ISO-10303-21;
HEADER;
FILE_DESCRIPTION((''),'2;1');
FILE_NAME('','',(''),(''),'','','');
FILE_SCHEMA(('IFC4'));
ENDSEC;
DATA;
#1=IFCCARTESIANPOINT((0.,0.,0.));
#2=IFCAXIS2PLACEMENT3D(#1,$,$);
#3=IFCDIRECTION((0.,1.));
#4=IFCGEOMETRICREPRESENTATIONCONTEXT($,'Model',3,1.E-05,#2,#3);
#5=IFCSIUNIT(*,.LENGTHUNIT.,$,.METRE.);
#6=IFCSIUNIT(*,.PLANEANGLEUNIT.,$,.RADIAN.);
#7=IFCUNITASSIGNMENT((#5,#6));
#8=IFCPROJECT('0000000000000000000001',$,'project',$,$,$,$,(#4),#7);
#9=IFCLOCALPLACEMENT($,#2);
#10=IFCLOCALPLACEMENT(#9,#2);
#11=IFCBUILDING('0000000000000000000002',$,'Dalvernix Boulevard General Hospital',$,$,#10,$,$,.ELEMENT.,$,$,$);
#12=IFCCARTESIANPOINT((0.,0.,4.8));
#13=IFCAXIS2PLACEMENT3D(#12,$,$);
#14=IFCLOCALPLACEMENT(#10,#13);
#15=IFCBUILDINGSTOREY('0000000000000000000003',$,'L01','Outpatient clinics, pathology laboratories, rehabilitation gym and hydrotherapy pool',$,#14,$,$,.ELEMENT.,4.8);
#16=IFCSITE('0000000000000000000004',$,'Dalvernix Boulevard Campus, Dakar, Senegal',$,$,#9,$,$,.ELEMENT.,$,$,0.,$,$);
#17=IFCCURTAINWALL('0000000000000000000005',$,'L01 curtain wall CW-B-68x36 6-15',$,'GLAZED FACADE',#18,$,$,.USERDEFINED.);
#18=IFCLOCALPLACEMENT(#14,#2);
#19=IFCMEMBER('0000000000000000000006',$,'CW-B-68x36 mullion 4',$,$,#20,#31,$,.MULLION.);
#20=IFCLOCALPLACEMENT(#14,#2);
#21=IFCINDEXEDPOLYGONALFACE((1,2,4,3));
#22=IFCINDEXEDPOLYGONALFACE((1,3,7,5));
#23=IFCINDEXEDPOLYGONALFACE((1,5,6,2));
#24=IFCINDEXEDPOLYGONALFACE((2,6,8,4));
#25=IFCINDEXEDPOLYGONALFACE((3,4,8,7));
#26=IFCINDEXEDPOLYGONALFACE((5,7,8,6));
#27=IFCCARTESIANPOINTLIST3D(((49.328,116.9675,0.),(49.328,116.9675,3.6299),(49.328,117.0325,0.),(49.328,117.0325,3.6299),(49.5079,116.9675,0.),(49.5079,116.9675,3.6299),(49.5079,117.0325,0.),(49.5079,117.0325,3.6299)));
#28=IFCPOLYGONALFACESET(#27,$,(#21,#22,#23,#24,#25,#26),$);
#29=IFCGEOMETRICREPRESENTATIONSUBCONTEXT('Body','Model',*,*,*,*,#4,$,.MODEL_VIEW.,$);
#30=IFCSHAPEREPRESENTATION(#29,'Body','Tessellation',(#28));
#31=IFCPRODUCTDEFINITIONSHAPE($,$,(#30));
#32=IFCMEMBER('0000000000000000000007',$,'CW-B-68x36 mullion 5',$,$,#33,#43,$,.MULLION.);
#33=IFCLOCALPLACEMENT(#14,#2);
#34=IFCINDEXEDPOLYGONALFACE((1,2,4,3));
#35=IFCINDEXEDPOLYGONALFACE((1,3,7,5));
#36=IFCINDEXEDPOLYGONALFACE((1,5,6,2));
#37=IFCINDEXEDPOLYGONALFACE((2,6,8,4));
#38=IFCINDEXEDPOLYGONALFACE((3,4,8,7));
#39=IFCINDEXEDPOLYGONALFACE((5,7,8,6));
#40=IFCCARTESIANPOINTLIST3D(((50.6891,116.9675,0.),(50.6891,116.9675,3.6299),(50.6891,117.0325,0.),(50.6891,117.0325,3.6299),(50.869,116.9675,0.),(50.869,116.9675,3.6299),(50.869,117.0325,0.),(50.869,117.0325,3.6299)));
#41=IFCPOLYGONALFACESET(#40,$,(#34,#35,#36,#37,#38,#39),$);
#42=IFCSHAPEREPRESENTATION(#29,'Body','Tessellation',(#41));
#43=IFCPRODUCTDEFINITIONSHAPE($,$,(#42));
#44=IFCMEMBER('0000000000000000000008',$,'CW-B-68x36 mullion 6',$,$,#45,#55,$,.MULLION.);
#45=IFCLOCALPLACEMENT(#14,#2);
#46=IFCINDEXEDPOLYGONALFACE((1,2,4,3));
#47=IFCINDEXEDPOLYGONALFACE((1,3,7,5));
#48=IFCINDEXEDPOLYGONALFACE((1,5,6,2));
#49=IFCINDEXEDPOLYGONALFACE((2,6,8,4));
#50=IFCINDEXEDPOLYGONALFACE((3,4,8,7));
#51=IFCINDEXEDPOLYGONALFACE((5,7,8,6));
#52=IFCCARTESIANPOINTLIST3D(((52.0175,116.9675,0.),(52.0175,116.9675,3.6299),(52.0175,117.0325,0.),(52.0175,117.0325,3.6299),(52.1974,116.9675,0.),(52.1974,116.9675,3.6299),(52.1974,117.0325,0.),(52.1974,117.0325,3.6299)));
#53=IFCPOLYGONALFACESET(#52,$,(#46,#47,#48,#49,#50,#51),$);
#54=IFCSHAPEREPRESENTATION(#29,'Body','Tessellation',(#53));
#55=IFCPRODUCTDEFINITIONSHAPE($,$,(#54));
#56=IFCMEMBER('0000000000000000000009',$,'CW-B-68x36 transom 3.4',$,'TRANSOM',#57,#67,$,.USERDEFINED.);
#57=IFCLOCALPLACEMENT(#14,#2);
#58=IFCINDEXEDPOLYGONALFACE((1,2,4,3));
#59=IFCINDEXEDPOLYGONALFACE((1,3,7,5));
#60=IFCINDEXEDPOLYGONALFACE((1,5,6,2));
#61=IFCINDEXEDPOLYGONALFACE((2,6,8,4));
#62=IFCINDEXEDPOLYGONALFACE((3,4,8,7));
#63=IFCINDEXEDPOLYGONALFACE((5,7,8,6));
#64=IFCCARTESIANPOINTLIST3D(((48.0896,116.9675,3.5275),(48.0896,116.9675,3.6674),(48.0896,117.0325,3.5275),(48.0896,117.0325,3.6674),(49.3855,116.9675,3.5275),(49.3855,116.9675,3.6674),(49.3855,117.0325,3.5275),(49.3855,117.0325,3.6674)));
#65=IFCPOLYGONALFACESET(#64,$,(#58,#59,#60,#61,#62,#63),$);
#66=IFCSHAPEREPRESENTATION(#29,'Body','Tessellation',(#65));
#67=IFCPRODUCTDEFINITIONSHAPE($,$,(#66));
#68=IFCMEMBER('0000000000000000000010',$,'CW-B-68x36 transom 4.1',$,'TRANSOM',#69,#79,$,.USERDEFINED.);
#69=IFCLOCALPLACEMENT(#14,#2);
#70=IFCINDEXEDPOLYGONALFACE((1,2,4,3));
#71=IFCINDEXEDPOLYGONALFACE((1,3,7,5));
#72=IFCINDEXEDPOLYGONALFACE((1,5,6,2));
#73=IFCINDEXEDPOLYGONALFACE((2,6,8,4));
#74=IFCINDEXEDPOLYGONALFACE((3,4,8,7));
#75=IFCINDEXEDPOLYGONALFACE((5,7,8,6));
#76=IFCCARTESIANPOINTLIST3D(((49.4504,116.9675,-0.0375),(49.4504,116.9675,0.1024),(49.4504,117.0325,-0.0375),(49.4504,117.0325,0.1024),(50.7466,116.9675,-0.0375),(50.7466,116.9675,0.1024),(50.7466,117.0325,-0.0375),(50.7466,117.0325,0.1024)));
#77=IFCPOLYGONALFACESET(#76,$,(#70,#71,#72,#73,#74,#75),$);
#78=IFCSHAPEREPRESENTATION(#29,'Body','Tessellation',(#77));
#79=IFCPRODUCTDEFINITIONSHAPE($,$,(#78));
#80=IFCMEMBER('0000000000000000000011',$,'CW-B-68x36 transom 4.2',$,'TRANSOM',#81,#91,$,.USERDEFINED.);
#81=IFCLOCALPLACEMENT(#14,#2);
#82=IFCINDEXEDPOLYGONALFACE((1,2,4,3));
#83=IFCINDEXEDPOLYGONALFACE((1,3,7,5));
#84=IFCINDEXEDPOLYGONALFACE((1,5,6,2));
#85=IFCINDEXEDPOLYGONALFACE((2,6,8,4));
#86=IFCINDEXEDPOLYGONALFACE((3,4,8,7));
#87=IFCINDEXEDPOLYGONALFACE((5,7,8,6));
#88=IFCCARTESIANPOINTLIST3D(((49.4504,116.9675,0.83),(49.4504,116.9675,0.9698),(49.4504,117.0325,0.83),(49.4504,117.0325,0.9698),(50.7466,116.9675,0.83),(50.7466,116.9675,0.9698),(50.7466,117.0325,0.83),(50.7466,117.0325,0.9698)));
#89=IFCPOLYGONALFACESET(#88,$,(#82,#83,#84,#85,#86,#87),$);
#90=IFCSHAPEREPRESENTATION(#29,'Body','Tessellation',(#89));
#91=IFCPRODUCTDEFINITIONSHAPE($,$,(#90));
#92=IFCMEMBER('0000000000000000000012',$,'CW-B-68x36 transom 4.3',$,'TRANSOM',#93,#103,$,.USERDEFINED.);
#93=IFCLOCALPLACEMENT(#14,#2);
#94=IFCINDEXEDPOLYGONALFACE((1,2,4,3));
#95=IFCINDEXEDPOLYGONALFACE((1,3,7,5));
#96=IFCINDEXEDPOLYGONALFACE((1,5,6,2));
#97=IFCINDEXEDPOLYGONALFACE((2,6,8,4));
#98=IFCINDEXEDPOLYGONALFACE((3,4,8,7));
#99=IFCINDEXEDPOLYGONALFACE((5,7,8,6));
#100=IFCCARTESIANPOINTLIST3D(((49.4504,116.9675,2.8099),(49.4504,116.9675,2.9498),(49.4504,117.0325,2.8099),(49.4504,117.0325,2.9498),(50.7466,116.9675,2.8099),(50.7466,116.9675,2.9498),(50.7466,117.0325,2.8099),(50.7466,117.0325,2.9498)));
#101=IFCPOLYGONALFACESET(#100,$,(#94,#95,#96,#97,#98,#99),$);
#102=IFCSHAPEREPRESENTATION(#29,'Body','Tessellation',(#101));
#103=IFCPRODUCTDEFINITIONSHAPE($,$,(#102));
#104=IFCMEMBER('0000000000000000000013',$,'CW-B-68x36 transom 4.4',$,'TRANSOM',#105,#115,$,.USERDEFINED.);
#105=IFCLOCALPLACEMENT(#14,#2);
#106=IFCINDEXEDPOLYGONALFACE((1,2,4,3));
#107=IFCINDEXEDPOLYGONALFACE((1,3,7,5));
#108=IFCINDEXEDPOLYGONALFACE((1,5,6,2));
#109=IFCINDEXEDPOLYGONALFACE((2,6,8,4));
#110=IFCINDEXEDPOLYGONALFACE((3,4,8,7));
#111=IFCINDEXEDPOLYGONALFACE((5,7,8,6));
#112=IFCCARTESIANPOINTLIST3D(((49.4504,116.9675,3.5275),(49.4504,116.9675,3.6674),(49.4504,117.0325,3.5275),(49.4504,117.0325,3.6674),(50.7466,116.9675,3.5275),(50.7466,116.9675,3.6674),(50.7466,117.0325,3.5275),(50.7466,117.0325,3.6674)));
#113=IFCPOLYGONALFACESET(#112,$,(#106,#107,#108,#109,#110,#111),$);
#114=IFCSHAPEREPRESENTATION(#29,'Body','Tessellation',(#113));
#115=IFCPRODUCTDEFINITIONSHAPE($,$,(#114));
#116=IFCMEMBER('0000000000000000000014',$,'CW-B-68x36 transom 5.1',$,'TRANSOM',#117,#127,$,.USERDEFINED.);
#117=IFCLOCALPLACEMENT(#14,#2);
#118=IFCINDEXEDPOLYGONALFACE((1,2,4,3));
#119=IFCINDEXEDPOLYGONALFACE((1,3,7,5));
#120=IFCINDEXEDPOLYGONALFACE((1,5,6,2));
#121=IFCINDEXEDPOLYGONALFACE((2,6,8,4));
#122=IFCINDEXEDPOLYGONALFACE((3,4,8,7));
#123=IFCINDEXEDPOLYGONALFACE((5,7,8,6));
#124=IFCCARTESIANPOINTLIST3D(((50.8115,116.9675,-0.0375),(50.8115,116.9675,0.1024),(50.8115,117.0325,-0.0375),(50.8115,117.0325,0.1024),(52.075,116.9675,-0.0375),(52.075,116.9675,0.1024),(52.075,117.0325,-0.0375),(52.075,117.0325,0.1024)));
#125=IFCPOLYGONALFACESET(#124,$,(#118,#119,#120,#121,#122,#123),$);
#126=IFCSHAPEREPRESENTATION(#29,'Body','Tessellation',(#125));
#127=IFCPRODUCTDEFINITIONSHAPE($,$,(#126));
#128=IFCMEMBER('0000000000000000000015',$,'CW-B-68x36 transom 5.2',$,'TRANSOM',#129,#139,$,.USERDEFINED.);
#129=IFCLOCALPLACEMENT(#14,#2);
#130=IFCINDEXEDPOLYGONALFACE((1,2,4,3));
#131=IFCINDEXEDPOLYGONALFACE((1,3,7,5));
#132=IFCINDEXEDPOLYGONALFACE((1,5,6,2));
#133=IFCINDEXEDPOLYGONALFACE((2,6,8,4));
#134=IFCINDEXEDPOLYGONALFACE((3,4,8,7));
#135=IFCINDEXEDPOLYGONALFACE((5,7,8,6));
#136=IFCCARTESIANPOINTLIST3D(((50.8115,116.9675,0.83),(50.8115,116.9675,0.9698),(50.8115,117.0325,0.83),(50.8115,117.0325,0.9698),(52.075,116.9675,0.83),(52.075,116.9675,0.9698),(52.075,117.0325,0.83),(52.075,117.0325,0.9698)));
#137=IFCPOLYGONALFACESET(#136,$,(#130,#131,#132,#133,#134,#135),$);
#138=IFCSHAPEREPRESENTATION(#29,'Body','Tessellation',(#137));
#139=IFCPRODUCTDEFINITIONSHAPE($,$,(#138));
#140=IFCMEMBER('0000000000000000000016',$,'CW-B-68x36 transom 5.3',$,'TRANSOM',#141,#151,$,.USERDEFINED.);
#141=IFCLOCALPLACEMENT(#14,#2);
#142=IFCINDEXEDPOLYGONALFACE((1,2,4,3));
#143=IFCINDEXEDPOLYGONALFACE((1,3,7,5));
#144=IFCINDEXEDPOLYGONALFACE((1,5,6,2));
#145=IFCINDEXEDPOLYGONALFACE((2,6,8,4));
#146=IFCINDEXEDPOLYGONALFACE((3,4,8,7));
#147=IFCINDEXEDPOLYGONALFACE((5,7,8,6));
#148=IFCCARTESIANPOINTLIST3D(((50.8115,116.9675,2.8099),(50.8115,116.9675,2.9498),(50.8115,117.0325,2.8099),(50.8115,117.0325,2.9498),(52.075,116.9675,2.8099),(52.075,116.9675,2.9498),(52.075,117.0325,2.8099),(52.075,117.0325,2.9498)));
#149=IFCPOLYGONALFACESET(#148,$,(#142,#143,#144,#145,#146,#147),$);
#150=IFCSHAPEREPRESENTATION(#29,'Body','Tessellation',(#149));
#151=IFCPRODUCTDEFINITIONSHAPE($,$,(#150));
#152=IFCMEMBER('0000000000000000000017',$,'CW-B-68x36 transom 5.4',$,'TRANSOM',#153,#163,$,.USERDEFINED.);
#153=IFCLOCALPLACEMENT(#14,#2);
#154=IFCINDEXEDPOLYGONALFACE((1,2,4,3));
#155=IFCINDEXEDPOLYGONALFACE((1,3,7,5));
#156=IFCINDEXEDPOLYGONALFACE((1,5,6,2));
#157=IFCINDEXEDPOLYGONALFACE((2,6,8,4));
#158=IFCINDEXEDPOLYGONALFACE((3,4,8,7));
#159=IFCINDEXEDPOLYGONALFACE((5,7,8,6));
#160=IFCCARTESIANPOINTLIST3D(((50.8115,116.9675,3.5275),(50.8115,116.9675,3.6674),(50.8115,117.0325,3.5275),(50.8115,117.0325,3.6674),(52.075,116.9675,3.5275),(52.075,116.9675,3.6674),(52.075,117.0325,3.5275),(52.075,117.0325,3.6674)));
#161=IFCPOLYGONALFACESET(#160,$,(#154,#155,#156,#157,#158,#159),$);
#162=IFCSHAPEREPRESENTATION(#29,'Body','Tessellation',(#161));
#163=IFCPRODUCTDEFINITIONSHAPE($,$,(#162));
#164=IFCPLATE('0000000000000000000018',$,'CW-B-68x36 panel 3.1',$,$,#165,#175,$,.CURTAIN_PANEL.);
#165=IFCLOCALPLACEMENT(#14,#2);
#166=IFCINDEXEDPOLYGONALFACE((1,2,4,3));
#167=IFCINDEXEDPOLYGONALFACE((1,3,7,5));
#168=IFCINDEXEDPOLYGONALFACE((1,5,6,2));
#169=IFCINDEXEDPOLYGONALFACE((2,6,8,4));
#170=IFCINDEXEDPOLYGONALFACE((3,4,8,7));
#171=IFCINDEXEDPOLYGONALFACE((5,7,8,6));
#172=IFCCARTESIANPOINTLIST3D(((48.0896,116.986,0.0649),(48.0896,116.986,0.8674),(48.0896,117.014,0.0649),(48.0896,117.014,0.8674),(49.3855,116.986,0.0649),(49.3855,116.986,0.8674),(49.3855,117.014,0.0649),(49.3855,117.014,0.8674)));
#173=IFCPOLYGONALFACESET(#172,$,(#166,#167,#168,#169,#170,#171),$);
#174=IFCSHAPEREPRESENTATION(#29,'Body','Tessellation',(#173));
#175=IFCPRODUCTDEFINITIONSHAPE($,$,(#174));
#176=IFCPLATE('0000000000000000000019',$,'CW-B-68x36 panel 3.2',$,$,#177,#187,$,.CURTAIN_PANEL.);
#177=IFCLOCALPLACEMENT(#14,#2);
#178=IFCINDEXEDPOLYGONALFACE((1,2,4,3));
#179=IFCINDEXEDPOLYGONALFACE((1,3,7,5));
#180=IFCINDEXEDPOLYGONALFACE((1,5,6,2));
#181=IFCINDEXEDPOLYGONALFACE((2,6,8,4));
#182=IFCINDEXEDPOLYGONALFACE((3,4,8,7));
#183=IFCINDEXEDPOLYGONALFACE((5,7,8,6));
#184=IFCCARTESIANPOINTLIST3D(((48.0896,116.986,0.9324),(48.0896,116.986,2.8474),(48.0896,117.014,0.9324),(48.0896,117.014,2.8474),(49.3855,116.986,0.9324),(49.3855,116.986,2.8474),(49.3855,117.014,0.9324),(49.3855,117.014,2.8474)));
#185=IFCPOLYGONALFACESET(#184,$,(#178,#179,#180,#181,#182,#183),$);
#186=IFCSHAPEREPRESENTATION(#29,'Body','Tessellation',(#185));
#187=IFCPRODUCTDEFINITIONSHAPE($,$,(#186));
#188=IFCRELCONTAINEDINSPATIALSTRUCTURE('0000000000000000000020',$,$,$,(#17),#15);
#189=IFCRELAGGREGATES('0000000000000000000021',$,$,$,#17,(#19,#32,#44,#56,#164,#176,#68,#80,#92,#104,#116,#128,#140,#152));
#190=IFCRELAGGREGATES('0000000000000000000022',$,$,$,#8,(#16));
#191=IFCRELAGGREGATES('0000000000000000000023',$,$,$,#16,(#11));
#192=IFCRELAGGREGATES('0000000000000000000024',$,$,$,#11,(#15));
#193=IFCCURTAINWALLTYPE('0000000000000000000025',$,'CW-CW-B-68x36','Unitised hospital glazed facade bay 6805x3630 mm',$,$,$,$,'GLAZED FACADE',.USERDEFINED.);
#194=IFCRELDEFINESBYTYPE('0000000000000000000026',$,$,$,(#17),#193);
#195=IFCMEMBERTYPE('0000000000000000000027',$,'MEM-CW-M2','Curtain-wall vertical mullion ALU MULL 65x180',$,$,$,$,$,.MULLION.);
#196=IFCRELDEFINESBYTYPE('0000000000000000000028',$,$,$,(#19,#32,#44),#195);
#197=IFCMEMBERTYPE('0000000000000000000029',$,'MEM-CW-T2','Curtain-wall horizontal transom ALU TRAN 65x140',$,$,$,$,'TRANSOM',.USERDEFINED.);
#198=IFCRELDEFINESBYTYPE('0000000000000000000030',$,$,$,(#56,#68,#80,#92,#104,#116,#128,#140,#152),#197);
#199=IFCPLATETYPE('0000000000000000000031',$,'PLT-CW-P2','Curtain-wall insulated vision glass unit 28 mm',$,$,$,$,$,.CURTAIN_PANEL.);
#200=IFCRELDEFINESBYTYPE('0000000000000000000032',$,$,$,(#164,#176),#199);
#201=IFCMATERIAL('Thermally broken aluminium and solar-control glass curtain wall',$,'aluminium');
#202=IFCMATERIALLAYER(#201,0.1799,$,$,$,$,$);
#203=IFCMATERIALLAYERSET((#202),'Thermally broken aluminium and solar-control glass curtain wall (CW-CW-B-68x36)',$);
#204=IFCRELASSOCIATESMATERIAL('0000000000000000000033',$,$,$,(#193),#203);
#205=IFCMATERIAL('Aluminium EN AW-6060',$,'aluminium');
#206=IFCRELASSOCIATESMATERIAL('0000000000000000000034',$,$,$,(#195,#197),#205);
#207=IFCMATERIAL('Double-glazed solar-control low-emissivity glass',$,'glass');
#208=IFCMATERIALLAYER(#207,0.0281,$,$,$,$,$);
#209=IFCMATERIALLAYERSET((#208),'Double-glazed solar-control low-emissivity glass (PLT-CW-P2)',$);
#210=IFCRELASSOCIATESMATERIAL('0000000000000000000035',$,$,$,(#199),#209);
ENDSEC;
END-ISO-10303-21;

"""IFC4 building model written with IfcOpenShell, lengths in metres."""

from ifc_helpers import new_model, si_unit, direction, frame, origin, origin_2d, place, context, subcontext, project, spatial, rectangle, extrude, material, layer, layer_set, material_profile, profile_set, type_object, element, aggregate, save


model = new_model("IFC4")

# Units and contexts
model_context = context("Model", 3, precision=1e-05, world=origin(), true_north=direction((0.0, 1.0)))
body_context = subcontext(model_context, "Body", "Model", "MODEL_VIEW")
ifc_project = project(units=[si_unit("LENGTHUNIT", "METRE"), si_unit("PLANEANGLEUNIT", "RADIAN")], contexts=[model_context])

# Site, building, storey
site_placement = place(None, origin())
site = spatial("IfcSite", under=ifc_project, at=site_placement, Name="Dalvernix Boulevard Campus, Dakar, Senegal", CompositionType="ELEMENT", RefElevation=0.0)
building_placement = place(site_placement, origin())
building = spatial("IfcBuilding", under=site, at=building_placement, Name="Dalvernix Boulevard General Hospital", CompositionType="ELEMENT")
storey_placement = place(building_placement, frame((0.0, 0.0, 4.8)))
storey = spatial("IfcBuildingStorey", under=building, at=storey_placement, Name="L01", Description="Outpatient clinics, pathology laboratories, rehabilitation gym and hydrotherapy pool", CompositionType="ELEMENT", Elevation=4.8)

# Curtain wall, members, plates
ifc_material_1 = material(Name="Thermally broken aluminium and solar-control glass curtain wall", Category="aluminium")
ifc_layer_1 = layer(ifc_material_1, 0.1799)
ifc_layer_set_1 = layer_set([ifc_layer_1], Name="Thermally broken aluminium and solar-control glass curtain wall (CW-CW-B-68x36)")
curtain_wall_type = type_object("IfcCurtainWallType", Name="CW-CW-B-68x36", Description="Unitised hospital glazed facade bay 6805x3630 mm", ElementType="GLAZED FACADE", PredefinedType="USERDEFINED", material=ifc_layer_set_1)
curtain_wall_placement = place(storey_placement, origin())
curtain_wall = element("IfcCurtainWall", 1, at=curtain_wall_placement, inside=storey, type_object=curtain_wall_type, Name="L01 curtain wall CW-B-68x36 6-15", ObjectType="GLAZED FACADE", PredefinedType="USERDEFINED")
ifc_material_2 = material(Name="Aluminium EN AW-6060", Category="aluminium")
ifc_material_profile_1 = material_profile(ifc_material_2, rectangle(XDim=0.0649, YDim=0.1799, at=origin_2d()), Name="ALU MULL 65x180")
ifc_profile_set_1 = profile_set([ifc_material_profile_1], Name="Aluminium EN AW-6060")
member_type_1 = type_object("IfcMemberType", Name="MEM-CW-M2", Description="Curtain-wall vertical mullion ALU MULL 65x180", PredefinedType="MULLION", material=ifc_profile_set_1)
member_1_placement = place(storey_placement, frame((49.418, 117.0, 0.0), z_axis=(0.0, 0.0, 1.0), x_axis=(0.0, 1.0, 0.0)))
member_1 = element("IfcMember", 2, at=member_1_placement, type_object=member_type_1, Name="CW-B-68x36 mullion 4", PredefinedType="MULLION", context=body_context, shape_type="SweptSolid", body=[
    extrude(rectangle(XDim=0.0649, YDim=0.1799, at=origin_2d()), origin(), (0.0, 0.0, 1.0), 3.6299),
])
member_2_placement = place(storey_placement, frame((50.7791, 117.0, 0.0), z_axis=(0.0, 0.0, 1.0), x_axis=(0.0, 1.0, 0.0)))
member_2 = element("IfcMember", 3, at=member_2_placement, type_object=member_type_1, Name="CW-B-68x36 mullion 5", PredefinedType="MULLION", context=body_context, shape_type="SweptSolid", body=[
    extrude(rectangle(XDim=0.0649, YDim=0.1799, at=origin_2d()), origin(), (0.0, 0.0, 1.0), 3.6299),
])
member_3_placement = place(storey_placement, frame((52.1074, 117.0, 0.0), z_axis=(0.0, 0.0, 1.0), x_axis=(0.0, 1.0, 0.0)))
member_3 = element("IfcMember", 4, at=member_3_placement, type_object=member_type_1, Name="CW-B-68x36 mullion 6", PredefinedType="MULLION", context=body_context, shape_type="SweptSolid", body=[
    extrude(rectangle(XDim=0.0649, YDim=0.1799, at=origin_2d()), origin(), (0.0, 0.0, 1.0), 3.6299),
])
ifc_material_profile_2 = material_profile(ifc_material_2, rectangle(XDim=0.0649, YDim=0.1399, at=origin_2d()), Name="ALU TRAN 65x140")
ifc_profile_set_2 = profile_set([ifc_material_profile_2], Name="Aluminium EN AW-6060")
member_type_2 = type_object("IfcMemberType", Name="MEM-CW-T2", Description="Curtain-wall horizontal transom ALU TRAN 65x140", ElementType="TRANSOM", PredefinedType="USERDEFINED", material=ifc_profile_set_2)
member_4_placement = place(storey_placement, frame((48.0896, 117.0, 3.5974), z_axis=(1.0, 0.0, 0.0), x_axis=(0.0, 1.0, 0.0)))
member_4 = element("IfcMember", 5, at=member_4_placement, type_object=member_type_2, Name="CW-B-68x36 transom 3.4", ObjectType="TRANSOM", PredefinedType="USERDEFINED", context=body_context, shape_type="SweptSolid", body=[
    extrude(rectangle(XDim=0.0649, YDim=0.1399, at=origin_2d()), origin(), (0.0, 0.0, 1.0), 1.2959),
])
member_5_placement = place(storey_placement, frame((49.4504, 117.0, 0.0325), z_axis=(1.0, 0.0, 0.0), x_axis=(0.0, 1.0, 0.0)))
member_5 = element("IfcMember", 6, at=member_5_placement, type_object=member_type_2, Name="CW-B-68x36 transom 4.1", ObjectType="TRANSOM", PredefinedType="USERDEFINED", context=body_context, shape_type="SweptSolid", body=[
    extrude(rectangle(XDim=0.0649, YDim=0.1399, at=origin_2d()), origin(), (0.0, 0.0, 1.0), 1.2961),
])
member_6_placement = place(storey_placement, frame((49.4504, 117.0, 0.8999), z_axis=(1.0, 0.0, 0.0), x_axis=(0.0, 1.0, 0.0)))
member_6 = element("IfcMember", 7, at=member_6_placement, type_object=member_type_2, Name="CW-B-68x36 transom 4.2", ObjectType="TRANSOM", PredefinedType="USERDEFINED", context=body_context, shape_type="SweptSolid", body=[
    extrude(rectangle(XDim=0.0649, YDim=0.1399, at=origin_2d()), origin(), (0.0, 0.0, 1.0), 1.2961),
])
member_7_placement = place(storey_placement, frame((49.4504, 117.0, 2.8799), z_axis=(1.0, 0.0, 0.0), x_axis=(0.0, 1.0, 0.0)))
member_7 = element("IfcMember", 8, at=member_7_placement, type_object=member_type_2, Name="CW-B-68x36 transom 4.3", ObjectType="TRANSOM", PredefinedType="USERDEFINED", context=body_context, shape_type="SweptSolid", body=[
    extrude(rectangle(XDim=0.0649, YDim=0.1399, at=origin_2d()), origin(), (0.0, 0.0, 1.0), 1.2961),
])
member_8_placement = place(storey_placement, frame((49.4504, 117.0, 3.5974), z_axis=(1.0, 0.0, 0.0), x_axis=(0.0, 1.0, 0.0)))
member_8 = element("IfcMember", 9, at=member_8_placement, type_object=member_type_2, Name="CW-B-68x36 transom 4.4", ObjectType="TRANSOM", PredefinedType="USERDEFINED", context=body_context, shape_type="SweptSolid", body=[
    extrude(rectangle(XDim=0.0649, YDim=0.1399, at=origin_2d()), origin(), (0.0, 0.0, 1.0), 1.2961),
])
member_9_placement = place(storey_placement, frame((50.8115, 117.0, 0.0325), z_axis=(1.0, 0.0, 0.0), x_axis=(0.0, 1.0, 0.0)))
member_9 = element("IfcMember", 10, at=member_9_placement, type_object=member_type_2, Name="CW-B-68x36 transom 5.1", ObjectType="TRANSOM", PredefinedType="USERDEFINED", context=body_context, shape_type="SweptSolid", body=[
    extrude(rectangle(XDim=0.0649, YDim=0.1399, at=origin_2d()), origin(), (0.0, 0.0, 1.0), 1.2634),
])
member_10_placement = place(storey_placement, frame((50.8115, 117.0, 0.8999), z_axis=(1.0, 0.0, 0.0), x_axis=(0.0, 1.0, 0.0)))
member_10 = element("IfcMember", 11, at=member_10_placement, type_object=member_type_2, Name="CW-B-68x36 transom 5.2", ObjectType="TRANSOM", PredefinedType="USERDEFINED", context=body_context, shape_type="SweptSolid", body=[
    extrude(rectangle(XDim=0.0649, YDim=0.1399, at=origin_2d()), origin(), (0.0, 0.0, 1.0), 1.2634),
])
member_11_placement = place(storey_placement, frame((50.8115, 117.0, 2.8799), z_axis=(1.0, 0.0, 0.0), x_axis=(0.0, 1.0, 0.0)))
member_11 = element("IfcMember", 12, at=member_11_placement, type_object=member_type_2, Name="CW-B-68x36 transom 5.3", ObjectType="TRANSOM", PredefinedType="USERDEFINED", context=body_context, shape_type="SweptSolid", body=[
    extrude(rectangle(XDim=0.0649, YDim=0.1399, at=origin_2d()), origin(), (0.0, 0.0, 1.0), 1.2634),
])
member_12_placement = place(storey_placement, frame((50.8115, 117.0, 3.5974), z_axis=(1.0, 0.0, 0.0), x_axis=(0.0, 1.0, 0.0)))
member_12 = element("IfcMember", 13, at=member_12_placement, type_object=member_type_2, Name="CW-B-68x36 transom 5.4", ObjectType="TRANSOM", PredefinedType="USERDEFINED", context=body_context, shape_type="SweptSolid", body=[
    extrude(rectangle(XDim=0.0649, YDim=0.1399, at=origin_2d()), origin(), (0.0, 0.0, 1.0), 1.2634),
])
ifc_material_3 = material(Name="Double-glazed solar-control low-emissivity glass", Category="glass")
ifc_layer_2 = layer(ifc_material_3, 0.0281)
ifc_layer_set_2 = layer_set([ifc_layer_2], Name="Double-glazed solar-control low-emissivity glass (PLT-CW-P2)")
plate_type = type_object("IfcPlateType", Name="PLT-CW-P2", Description="Curtain-wall insulated vision glass unit 28 mm", PredefinedType="CURTAIN_PANEL", material=ifc_layer_set_2)
plate_1_placement = place(storey_placement, frame((48.7375, 117.0, 0.0649), z_axis=(0.0, 0.0, 1.0), x_axis=(1.0, 0.0, 0.0)))
plate_1 = element("IfcPlate", 14, at=plate_1_placement, type_object=plate_type, Name="CW-B-68x36 panel 3.1", PredefinedType="CURTAIN_PANEL", context=body_context, shape_type="SweptSolid", body=[
    extrude(rectangle(XDim=1.2959, YDim=0.0281, at=origin_2d()), origin(), (0.0, 0.0, 1.0), 0.8025),
])
plate_2_placement = place(storey_placement, frame((48.7375, 117.0, 0.9324), z_axis=(0.0, 0.0, 1.0), x_axis=(1.0, 0.0, 0.0)))
plate_2 = element("IfcPlate", 15, at=plate_2_placement, type_object=plate_type, Name="CW-B-68x36 panel 3.2", PredefinedType="CURTAIN_PANEL", context=body_context, shape_type="SweptSolid", body=[
    extrude(rectangle(XDim=1.2959, YDim=0.0281, at=origin_2d()), origin(), (0.0, 0.0, 1.0), 1.915),
])
aggregate(curtain_wall, [member_1, member_2, member_3, member_4, plate_1, plate_2, member_5, member_6, member_7, member_8, member_9, member_10, member_11, member_12])

save(model, "model.ifc")
